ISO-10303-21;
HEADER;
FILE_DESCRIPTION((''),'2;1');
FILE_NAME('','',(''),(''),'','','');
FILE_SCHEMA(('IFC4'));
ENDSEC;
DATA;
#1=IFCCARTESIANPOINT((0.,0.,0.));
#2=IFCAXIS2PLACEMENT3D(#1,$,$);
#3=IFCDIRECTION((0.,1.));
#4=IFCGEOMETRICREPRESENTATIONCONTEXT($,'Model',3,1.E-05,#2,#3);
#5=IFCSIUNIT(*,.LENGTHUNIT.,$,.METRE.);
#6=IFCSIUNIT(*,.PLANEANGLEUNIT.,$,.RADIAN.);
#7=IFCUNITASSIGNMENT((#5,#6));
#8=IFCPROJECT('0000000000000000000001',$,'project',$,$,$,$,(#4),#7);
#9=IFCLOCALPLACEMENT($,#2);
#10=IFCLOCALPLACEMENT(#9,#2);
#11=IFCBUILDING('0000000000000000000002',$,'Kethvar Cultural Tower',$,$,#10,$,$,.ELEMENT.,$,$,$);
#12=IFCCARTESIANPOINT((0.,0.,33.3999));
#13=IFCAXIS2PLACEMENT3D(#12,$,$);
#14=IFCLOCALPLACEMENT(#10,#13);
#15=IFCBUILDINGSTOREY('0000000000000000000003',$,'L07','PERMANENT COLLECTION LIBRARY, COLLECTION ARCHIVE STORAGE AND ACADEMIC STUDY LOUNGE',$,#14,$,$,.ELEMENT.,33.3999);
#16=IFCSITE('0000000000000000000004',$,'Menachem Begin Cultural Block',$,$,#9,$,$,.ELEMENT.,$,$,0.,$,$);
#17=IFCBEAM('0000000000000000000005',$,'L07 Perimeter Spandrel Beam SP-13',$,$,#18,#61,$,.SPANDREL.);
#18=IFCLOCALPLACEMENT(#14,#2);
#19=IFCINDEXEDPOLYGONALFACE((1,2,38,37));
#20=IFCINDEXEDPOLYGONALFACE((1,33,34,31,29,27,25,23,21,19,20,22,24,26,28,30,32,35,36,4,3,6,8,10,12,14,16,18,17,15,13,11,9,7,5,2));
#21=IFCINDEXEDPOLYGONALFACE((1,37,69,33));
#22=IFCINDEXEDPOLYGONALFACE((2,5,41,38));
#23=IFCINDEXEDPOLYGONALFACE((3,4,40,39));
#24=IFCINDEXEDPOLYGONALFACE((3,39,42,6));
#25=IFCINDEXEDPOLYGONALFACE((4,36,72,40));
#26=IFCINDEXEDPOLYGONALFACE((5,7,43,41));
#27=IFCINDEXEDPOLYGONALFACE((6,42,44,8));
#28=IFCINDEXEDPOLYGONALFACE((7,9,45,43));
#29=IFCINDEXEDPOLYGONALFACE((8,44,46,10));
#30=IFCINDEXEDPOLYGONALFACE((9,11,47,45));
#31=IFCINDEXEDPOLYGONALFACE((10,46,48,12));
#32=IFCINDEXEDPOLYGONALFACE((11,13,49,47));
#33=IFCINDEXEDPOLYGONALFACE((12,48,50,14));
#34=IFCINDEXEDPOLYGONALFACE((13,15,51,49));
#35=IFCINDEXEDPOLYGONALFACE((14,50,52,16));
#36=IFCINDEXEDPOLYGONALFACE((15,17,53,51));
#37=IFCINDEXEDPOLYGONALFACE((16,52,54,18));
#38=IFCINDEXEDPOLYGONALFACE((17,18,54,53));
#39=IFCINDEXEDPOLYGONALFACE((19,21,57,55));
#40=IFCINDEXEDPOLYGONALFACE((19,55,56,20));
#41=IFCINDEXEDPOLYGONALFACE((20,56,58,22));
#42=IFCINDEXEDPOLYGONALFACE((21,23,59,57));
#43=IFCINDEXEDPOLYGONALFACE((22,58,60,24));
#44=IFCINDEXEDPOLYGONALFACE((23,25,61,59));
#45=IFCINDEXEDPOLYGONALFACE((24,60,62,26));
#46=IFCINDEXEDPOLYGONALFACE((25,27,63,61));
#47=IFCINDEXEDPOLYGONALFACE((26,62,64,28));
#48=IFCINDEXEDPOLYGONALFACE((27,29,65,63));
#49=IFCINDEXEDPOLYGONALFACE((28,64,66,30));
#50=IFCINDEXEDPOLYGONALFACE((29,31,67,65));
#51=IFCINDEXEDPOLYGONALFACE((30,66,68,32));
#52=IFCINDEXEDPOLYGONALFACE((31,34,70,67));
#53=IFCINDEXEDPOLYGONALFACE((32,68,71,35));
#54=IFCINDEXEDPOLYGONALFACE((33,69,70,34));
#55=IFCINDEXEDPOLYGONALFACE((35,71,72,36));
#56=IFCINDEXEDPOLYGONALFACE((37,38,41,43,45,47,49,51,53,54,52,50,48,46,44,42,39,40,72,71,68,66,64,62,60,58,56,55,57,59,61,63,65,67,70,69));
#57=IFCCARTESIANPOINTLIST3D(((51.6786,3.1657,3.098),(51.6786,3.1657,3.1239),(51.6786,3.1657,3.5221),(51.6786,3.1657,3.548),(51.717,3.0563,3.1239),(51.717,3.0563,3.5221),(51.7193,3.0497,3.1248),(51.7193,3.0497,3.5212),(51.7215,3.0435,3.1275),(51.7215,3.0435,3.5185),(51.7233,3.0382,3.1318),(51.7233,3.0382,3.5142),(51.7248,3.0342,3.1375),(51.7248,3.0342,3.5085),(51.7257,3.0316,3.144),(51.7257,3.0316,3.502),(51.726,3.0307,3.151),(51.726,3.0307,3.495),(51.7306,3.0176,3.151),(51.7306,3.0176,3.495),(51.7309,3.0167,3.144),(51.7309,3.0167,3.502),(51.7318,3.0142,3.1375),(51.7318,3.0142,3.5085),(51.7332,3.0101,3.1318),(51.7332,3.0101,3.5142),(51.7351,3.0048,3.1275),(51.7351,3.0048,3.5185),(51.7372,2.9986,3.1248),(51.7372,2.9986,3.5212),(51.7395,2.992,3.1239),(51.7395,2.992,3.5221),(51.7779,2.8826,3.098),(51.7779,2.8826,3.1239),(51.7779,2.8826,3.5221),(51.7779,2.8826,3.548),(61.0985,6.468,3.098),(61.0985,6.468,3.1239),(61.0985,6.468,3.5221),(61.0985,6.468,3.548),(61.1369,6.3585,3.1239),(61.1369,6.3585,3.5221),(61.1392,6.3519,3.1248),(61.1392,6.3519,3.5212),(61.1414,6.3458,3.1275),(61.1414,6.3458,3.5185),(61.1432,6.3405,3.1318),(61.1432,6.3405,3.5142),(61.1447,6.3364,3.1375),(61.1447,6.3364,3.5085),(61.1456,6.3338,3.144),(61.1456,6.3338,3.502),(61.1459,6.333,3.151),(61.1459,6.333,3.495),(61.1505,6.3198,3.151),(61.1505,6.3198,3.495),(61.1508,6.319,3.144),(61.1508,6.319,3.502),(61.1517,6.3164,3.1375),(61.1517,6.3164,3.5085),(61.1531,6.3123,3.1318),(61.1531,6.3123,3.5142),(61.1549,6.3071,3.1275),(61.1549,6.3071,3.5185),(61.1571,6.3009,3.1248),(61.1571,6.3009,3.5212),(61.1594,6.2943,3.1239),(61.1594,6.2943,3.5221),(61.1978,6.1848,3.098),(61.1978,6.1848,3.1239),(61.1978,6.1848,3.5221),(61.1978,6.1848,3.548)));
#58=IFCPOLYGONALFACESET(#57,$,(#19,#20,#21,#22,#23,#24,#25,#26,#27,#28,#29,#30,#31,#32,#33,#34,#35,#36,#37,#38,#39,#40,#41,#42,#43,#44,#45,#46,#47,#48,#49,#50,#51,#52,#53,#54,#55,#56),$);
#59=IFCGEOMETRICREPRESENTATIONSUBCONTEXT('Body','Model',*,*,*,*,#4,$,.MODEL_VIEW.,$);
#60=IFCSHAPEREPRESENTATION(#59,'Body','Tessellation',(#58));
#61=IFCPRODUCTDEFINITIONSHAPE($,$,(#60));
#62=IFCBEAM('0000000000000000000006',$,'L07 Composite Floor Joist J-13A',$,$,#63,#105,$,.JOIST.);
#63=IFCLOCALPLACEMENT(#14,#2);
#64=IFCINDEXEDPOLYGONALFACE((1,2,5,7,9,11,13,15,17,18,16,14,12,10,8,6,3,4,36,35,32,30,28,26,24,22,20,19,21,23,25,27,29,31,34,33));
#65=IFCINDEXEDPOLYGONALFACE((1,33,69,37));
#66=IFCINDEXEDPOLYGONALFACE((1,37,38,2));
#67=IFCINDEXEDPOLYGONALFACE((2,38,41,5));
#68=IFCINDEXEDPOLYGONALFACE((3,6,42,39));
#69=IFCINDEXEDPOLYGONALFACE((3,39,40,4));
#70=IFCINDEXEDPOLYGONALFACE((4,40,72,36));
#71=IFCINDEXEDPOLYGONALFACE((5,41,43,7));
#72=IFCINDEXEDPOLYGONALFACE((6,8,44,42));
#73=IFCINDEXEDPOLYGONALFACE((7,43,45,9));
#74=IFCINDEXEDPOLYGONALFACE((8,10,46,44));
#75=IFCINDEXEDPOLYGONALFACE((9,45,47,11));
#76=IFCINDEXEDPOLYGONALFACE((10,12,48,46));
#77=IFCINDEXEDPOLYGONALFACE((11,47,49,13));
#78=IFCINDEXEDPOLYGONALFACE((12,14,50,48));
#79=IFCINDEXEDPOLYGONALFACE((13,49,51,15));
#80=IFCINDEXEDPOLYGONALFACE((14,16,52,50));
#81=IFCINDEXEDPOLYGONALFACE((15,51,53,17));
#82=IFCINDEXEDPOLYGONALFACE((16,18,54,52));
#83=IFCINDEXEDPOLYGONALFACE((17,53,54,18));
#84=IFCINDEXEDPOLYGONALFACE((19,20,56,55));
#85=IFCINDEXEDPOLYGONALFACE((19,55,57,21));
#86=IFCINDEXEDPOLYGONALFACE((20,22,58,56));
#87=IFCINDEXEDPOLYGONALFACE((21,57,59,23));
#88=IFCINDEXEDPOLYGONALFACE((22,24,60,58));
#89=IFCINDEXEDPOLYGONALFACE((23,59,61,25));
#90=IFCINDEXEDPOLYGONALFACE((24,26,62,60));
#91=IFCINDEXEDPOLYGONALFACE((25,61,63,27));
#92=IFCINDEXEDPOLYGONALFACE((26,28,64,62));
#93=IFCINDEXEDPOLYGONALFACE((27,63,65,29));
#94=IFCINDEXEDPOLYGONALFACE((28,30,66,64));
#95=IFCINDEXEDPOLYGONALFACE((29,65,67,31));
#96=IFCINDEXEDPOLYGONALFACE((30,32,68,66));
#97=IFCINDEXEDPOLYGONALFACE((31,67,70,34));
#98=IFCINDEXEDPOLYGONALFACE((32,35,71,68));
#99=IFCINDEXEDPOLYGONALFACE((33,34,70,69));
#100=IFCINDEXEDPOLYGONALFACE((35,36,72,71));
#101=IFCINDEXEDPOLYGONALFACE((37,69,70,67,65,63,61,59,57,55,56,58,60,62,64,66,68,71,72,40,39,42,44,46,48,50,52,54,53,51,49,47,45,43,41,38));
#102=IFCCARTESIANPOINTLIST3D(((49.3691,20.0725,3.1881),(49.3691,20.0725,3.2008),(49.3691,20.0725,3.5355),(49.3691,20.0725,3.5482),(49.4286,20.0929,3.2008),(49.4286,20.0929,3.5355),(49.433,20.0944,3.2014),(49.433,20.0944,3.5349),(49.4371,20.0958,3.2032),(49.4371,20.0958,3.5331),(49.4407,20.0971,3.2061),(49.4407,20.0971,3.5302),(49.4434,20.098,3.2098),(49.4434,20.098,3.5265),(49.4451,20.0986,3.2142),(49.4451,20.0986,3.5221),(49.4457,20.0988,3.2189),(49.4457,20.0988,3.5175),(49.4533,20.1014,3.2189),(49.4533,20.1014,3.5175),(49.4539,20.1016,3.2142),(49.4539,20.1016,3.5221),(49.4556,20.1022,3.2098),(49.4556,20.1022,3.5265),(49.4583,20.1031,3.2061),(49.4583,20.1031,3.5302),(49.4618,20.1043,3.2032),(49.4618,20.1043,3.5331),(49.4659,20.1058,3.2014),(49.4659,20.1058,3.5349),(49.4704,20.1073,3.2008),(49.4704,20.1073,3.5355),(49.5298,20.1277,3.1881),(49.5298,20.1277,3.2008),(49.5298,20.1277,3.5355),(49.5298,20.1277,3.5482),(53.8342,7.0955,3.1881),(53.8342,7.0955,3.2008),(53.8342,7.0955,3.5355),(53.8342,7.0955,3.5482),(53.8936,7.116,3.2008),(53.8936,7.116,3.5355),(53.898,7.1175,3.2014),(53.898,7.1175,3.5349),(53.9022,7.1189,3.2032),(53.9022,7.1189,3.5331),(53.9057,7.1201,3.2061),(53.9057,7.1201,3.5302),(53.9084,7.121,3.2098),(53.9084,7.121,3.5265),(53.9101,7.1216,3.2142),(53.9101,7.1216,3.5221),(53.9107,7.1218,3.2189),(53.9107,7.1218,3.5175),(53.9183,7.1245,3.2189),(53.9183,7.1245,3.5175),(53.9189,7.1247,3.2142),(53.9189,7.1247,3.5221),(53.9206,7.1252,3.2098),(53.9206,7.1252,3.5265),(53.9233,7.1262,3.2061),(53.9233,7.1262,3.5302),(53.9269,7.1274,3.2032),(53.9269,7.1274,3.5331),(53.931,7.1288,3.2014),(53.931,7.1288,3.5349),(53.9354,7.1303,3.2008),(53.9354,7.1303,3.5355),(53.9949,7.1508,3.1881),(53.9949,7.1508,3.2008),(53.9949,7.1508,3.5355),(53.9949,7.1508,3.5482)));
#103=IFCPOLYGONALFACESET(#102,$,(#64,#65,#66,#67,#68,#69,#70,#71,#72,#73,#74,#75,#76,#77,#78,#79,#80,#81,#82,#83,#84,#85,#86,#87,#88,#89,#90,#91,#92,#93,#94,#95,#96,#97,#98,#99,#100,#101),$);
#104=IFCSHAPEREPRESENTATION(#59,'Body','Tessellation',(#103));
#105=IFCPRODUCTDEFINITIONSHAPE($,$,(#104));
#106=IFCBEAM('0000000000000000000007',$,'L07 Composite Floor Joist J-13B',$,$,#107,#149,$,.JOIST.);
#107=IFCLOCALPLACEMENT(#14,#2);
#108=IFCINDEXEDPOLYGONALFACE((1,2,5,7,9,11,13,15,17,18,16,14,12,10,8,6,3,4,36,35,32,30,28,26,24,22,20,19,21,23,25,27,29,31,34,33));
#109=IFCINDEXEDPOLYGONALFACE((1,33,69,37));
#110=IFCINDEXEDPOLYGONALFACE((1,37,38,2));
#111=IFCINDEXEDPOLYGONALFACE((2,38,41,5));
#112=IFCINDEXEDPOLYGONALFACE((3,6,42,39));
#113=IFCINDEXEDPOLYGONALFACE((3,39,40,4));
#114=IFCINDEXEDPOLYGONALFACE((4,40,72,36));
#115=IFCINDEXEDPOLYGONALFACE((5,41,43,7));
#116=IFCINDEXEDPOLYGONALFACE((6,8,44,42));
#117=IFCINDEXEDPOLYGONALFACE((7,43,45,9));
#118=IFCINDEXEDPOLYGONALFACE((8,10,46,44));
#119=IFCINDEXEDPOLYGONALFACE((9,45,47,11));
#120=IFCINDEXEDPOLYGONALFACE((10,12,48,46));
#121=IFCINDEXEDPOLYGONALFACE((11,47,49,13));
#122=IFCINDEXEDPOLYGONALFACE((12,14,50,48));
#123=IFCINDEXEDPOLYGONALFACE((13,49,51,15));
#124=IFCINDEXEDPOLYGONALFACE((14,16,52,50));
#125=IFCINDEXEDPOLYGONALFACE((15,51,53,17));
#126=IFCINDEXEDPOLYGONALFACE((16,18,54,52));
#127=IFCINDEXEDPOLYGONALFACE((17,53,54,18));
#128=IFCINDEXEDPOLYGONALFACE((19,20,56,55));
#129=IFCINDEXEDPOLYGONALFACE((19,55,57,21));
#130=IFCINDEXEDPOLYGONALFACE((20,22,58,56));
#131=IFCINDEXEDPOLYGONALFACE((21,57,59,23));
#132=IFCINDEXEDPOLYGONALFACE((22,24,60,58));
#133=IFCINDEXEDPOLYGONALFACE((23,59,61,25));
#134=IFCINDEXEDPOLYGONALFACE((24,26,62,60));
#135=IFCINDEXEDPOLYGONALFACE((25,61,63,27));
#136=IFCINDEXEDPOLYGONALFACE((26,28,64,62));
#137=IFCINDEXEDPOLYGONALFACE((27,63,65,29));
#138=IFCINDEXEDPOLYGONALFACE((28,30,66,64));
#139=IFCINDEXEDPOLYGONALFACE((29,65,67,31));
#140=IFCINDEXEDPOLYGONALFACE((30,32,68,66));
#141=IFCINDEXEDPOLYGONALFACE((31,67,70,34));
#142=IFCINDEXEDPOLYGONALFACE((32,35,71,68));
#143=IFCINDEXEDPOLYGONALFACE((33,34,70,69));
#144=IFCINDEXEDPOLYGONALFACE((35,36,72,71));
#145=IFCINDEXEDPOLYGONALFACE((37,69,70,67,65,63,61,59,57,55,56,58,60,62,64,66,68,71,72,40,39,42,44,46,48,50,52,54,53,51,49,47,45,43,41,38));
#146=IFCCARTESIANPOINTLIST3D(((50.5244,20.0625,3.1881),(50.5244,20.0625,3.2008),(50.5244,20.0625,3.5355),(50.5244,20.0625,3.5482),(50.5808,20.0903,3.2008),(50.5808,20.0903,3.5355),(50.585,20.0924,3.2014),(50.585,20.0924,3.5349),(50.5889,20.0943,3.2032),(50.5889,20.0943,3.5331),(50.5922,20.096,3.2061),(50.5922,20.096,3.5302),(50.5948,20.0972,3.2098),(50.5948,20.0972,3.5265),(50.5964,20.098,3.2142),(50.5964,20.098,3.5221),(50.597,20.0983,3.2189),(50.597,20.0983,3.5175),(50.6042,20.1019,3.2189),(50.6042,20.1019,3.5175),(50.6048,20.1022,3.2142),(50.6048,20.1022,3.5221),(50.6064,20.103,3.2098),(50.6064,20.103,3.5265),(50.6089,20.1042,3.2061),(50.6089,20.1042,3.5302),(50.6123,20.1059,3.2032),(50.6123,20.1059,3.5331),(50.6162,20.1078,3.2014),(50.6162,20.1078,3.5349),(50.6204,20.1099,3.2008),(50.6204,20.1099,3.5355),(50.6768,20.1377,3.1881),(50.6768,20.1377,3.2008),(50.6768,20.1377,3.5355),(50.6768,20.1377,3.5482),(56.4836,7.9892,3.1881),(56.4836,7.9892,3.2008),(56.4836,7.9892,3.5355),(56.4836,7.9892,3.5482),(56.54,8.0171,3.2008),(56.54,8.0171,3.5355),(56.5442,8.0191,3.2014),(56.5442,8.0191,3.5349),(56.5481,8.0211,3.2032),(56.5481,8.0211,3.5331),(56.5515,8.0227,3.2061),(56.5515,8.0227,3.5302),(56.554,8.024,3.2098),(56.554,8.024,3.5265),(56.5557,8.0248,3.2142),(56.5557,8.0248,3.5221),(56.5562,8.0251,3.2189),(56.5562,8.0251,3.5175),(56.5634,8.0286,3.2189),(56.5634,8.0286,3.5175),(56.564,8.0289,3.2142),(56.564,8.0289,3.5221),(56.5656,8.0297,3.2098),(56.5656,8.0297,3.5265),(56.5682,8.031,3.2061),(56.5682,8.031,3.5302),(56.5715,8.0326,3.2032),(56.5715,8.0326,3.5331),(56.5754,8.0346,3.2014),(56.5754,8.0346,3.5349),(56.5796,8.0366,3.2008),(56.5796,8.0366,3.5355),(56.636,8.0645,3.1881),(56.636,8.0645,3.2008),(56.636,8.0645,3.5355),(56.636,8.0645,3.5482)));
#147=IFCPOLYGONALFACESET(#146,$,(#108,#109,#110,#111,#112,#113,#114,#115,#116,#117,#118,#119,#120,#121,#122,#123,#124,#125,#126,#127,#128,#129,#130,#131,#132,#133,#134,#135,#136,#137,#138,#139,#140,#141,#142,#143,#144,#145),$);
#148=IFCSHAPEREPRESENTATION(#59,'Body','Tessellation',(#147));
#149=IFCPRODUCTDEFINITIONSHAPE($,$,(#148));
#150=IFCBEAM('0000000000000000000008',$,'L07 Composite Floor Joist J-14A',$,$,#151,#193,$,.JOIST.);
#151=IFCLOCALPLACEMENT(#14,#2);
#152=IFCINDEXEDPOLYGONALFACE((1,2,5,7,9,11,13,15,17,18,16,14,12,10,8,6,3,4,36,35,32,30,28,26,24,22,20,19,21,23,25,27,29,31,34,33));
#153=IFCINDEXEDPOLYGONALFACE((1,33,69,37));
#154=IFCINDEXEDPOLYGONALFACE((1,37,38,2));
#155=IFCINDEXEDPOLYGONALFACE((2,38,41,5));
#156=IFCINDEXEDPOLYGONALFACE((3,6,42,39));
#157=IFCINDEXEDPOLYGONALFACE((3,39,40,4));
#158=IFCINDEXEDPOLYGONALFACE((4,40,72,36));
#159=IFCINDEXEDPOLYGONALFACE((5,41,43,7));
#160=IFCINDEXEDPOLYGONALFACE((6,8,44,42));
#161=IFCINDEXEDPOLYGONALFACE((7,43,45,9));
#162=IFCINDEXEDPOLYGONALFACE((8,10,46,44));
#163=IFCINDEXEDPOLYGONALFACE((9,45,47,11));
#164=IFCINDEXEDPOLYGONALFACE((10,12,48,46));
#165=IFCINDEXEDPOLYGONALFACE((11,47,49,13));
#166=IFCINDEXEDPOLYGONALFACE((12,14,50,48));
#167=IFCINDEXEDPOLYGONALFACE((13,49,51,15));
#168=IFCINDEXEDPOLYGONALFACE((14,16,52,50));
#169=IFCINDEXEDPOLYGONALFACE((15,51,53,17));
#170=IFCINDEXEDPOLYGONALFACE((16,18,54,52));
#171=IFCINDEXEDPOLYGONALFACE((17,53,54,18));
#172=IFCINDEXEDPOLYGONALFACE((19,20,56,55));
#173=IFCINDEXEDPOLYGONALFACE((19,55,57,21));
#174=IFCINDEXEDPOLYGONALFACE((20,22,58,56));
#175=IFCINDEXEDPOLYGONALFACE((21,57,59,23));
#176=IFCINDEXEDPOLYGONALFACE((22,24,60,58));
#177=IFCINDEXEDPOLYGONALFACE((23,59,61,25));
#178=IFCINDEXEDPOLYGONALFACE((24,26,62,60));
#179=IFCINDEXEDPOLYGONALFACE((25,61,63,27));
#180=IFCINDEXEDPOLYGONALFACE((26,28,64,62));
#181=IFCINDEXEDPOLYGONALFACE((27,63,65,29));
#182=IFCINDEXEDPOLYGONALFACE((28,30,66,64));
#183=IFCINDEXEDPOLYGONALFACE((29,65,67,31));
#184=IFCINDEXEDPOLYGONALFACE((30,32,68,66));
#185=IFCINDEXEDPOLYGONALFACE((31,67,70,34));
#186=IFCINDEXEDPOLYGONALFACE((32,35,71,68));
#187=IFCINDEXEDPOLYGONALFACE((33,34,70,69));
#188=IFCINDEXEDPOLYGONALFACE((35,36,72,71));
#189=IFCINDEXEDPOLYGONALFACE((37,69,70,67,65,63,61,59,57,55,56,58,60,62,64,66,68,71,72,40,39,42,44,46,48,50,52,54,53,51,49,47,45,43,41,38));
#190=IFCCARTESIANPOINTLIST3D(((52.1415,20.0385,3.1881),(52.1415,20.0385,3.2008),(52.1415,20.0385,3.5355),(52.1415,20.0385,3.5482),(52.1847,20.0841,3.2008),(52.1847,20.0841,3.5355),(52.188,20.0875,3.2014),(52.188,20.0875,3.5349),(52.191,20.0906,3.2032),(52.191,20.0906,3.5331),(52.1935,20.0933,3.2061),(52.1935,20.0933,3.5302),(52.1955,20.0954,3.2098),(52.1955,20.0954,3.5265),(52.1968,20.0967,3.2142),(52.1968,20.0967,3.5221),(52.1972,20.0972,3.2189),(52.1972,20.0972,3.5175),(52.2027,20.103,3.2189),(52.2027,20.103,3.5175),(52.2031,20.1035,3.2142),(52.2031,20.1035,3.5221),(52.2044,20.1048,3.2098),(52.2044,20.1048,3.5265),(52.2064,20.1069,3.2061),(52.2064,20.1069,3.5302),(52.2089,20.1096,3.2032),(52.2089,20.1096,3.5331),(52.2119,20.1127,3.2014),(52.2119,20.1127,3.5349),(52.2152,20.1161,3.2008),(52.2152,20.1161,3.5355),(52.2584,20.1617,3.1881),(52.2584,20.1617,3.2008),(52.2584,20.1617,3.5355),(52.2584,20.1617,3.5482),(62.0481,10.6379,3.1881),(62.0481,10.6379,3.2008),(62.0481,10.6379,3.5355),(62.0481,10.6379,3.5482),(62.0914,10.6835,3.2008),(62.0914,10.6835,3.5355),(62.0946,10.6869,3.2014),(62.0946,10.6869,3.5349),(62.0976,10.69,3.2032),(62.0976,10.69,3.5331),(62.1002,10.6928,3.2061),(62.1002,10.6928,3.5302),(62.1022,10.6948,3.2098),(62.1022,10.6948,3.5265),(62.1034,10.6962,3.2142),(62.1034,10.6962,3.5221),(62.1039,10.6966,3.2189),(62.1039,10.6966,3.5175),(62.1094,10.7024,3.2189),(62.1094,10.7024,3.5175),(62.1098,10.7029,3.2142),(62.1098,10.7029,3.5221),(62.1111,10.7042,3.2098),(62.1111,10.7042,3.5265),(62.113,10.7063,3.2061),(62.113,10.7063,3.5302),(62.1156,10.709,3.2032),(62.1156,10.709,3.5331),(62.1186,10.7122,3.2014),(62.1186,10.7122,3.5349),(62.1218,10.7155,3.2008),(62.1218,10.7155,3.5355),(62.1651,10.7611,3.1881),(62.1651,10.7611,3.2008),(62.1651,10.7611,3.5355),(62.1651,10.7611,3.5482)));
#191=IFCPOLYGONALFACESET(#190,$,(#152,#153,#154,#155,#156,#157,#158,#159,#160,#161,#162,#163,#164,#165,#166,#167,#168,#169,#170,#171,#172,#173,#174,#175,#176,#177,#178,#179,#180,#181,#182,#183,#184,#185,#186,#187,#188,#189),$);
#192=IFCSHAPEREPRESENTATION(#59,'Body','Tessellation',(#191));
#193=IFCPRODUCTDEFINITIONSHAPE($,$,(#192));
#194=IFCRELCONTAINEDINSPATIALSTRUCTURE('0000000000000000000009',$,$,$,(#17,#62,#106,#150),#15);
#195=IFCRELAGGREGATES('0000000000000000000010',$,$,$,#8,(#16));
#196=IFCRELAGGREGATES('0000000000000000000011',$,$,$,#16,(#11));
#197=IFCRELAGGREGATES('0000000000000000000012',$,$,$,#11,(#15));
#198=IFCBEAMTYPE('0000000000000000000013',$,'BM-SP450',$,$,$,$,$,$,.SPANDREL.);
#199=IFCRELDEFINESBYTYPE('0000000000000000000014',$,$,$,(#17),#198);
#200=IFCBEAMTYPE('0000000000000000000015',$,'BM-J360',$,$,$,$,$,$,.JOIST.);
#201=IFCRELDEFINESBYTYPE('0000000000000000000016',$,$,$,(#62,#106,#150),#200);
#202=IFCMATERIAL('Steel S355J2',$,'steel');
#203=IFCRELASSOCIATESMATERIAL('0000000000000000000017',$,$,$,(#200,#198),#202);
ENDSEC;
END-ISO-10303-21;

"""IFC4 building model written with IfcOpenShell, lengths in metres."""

from ifc_helpers import new_model, si_unit, direction, frame, origin, origin_2d, place, context, subcontext, project, spatial, i_section, extrude, source, transform, mapped, material, material_profile, profile_set, type_object, element, save


model = new_model("IFC4")

# Units and contexts
model_context = context("Model", 3, precision=1e-05, world=origin(), true_north=direction((0.0, 1.0)))
body_context = subcontext(model_context, "Body", "Model", "MODEL_VIEW")
ifc_project = project(units=[si_unit("LENGTHUNIT", "METRE"), si_unit("PLANEANGLEUNIT", "RADIAN")], contexts=[model_context])

# Site, building, storey
site_placement = place(None, origin())
site = spatial("IfcSite", under=ifc_project, at=site_placement, Name="Menachem Begin Cultural Block", CompositionType="ELEMENT", RefElevation=0.0)
building_placement = place(site_placement, origin())
building = spatial("IfcBuilding", under=site, at=building_placement, Name="Kethvar Cultural Tower", CompositionType="ELEMENT")
storey_placement = place(building_placement, frame((0.0, 0.0, 33.3999)))
storey = spatial("IfcBuildingStorey", under=building, at=storey_placement, Name="L07", Description="PERMANENT COLLECTION LIBRARY, COLLECTION ARCHIVE STORAGE AND ACADEMIC STUDY LOUNGE", CompositionType="ELEMENT", Elevation=33.3999)

# Beams
ifc_material_1 = material(Name="Steel S355J2", Category="steel")
ifc_material_profile_1 = material_profile(ifc_material_1, i_section(OverallWidth=0.1699, OverallDepth=0.3601, WebThickness=0.0081, FlangeThickness=0.0127, FilletRadius=0.0181, at=origin_2d()), Name="Steel S355J2 — IPE360")
ifc_profile_set_1 = profile_set([ifc_material_profile_1], Name="Steel S355J2 — IPE360")
beam_type_1 = type_object("IfcBeamType", Name="BM-J360", PredefinedType="JOIST", material=ifc_profile_set_1)
ifc_material_profile_2 = material_profile(ifc_material_1, i_section(OverallWidth=0.3, OverallDepth=0.45, WebThickness=0.0139, FlangeThickness=0.0259, FilletRadius=0.0271, at=origin_2d()), Name="Steel S355J2 — HEB450")
ifc_profile_set_2 = profile_set([ifc_material_profile_2], Name="Steel S355J2 — HEB450")
beam_type_2 = type_object("IfcBeamType", Name="BM-SP450", PredefinedType="SPANDREL", material=ifc_profile_set_2)
shared_shape_1 = source(origin(), body_context, "Body", "SweptSolid", [
    extrude(i_section(OverallWidth=0.3, OverallDepth=0.45, WebThickness=0.0139, FlangeThickness=0.0259, FilletRadius=0.0271, at=origin_2d()), origin(), (0.0, 0.0, 1.0), 9.9819),
])
beam_1_placement = place(storey_placement, frame((51.7283, 3.0242, 3.323), z_axis=(0.943694, 0.330821, 0.0), x_axis=(-0.330821, 0.943694, 0.0)))
element("IfcBeam", 1, at=beam_1_placement, inside=storey, type_object=beam_type_2, Name="L07 Perimeter Spandrel Beam SP-13", PredefinedType="SPANDREL", context=body_context, shape_type="MappedRepresentation", body=[
    mapped(shared_shape_1, transform((0.0, 0.0, 0.0), scale=1.0)),
])
shared_shape_2 = source(origin(), body_context, "Body", "SweptSolid", [
    extrude(i_section(OverallWidth=0.1699, OverallDepth=0.3601, WebThickness=0.0081, FlangeThickness=0.0127, FilletRadius=0.0181, at=origin_2d()), origin(), (0.0, 0.0, 1.0), 13.7236),
])
beam_2_placement = place(storey_placement, frame((49.4495, 20.1001, 3.3682), z_axis=(0.325355, -0.945592, 0.0), x_axis=(0.945592, 0.325355, 0.0)))
element("IfcBeam", 2, at=beam_2_placement, inside=storey, type_object=beam_type_1, Name="L07 Composite Floor Joist J-13A", PredefinedType="JOIST", context=body_context, shape_type="MappedRepresentation", body=[
    mapped(shared_shape_2, transform((0.0, 0.0, 0.0), scale=1.0)),
])
shared_shape_3 = source(origin(), body_context, "Body", "SweptSolid", [
    extrude(i_section(OverallWidth=0.1699, OverallDepth=0.3601, WebThickness=0.0081, FlangeThickness=0.0127, FilletRadius=0.0181, at=origin_2d()), origin(), (0.0, 0.0, 1.0), 13.4639),
])
beam_3_placement = place(storey_placement, frame((50.6006, 20.1001, 3.3682), z_axis=(0.442609, -0.896715, 0.0), x_axis=(0.896715, 0.442609, 0.0)))
element("IfcBeam", 3, at=beam_3_placement, inside=storey, type_object=beam_type_1, Name="L07 Composite Floor Joist J-13B", PredefinedType="JOIST", context=body_context, shape_type="MappedRepresentation", body=[
    mapped(shared_shape_3, transform((0.0, 0.0, 0.0), scale=1.0)),
])
shared_shape_4 = source(origin(), body_context, "Body", "SweptSolid", [
    extrude(i_section(OverallWidth=0.1699, OverallDepth=0.3601, WebThickness=0.0081, FlangeThickness=0.0127, FilletRadius=0.0181, at=origin_2d()), origin(), (0.0, 0.0, 1.0), 13.657),
])
beam_4_placement = place(storey_placement, frame((52.2, 20.1001, 3.3682), z_axis=(0.725393, -0.688335, 0.0), x_axis=(0.688335, 0.725393, 0.0)))
element("IfcBeam", 4, at=beam_4_placement, inside=storey, type_object=beam_type_1, Name="L07 Composite Floor Joist J-14A", PredefinedType="JOIST", context=body_context, shape_type="MappedRepresentation", body=[
    mapped(shared_shape_4, transform((0.0, 0.0, 0.0), scale=1.0)),
])

save(model, "model.ifc")
